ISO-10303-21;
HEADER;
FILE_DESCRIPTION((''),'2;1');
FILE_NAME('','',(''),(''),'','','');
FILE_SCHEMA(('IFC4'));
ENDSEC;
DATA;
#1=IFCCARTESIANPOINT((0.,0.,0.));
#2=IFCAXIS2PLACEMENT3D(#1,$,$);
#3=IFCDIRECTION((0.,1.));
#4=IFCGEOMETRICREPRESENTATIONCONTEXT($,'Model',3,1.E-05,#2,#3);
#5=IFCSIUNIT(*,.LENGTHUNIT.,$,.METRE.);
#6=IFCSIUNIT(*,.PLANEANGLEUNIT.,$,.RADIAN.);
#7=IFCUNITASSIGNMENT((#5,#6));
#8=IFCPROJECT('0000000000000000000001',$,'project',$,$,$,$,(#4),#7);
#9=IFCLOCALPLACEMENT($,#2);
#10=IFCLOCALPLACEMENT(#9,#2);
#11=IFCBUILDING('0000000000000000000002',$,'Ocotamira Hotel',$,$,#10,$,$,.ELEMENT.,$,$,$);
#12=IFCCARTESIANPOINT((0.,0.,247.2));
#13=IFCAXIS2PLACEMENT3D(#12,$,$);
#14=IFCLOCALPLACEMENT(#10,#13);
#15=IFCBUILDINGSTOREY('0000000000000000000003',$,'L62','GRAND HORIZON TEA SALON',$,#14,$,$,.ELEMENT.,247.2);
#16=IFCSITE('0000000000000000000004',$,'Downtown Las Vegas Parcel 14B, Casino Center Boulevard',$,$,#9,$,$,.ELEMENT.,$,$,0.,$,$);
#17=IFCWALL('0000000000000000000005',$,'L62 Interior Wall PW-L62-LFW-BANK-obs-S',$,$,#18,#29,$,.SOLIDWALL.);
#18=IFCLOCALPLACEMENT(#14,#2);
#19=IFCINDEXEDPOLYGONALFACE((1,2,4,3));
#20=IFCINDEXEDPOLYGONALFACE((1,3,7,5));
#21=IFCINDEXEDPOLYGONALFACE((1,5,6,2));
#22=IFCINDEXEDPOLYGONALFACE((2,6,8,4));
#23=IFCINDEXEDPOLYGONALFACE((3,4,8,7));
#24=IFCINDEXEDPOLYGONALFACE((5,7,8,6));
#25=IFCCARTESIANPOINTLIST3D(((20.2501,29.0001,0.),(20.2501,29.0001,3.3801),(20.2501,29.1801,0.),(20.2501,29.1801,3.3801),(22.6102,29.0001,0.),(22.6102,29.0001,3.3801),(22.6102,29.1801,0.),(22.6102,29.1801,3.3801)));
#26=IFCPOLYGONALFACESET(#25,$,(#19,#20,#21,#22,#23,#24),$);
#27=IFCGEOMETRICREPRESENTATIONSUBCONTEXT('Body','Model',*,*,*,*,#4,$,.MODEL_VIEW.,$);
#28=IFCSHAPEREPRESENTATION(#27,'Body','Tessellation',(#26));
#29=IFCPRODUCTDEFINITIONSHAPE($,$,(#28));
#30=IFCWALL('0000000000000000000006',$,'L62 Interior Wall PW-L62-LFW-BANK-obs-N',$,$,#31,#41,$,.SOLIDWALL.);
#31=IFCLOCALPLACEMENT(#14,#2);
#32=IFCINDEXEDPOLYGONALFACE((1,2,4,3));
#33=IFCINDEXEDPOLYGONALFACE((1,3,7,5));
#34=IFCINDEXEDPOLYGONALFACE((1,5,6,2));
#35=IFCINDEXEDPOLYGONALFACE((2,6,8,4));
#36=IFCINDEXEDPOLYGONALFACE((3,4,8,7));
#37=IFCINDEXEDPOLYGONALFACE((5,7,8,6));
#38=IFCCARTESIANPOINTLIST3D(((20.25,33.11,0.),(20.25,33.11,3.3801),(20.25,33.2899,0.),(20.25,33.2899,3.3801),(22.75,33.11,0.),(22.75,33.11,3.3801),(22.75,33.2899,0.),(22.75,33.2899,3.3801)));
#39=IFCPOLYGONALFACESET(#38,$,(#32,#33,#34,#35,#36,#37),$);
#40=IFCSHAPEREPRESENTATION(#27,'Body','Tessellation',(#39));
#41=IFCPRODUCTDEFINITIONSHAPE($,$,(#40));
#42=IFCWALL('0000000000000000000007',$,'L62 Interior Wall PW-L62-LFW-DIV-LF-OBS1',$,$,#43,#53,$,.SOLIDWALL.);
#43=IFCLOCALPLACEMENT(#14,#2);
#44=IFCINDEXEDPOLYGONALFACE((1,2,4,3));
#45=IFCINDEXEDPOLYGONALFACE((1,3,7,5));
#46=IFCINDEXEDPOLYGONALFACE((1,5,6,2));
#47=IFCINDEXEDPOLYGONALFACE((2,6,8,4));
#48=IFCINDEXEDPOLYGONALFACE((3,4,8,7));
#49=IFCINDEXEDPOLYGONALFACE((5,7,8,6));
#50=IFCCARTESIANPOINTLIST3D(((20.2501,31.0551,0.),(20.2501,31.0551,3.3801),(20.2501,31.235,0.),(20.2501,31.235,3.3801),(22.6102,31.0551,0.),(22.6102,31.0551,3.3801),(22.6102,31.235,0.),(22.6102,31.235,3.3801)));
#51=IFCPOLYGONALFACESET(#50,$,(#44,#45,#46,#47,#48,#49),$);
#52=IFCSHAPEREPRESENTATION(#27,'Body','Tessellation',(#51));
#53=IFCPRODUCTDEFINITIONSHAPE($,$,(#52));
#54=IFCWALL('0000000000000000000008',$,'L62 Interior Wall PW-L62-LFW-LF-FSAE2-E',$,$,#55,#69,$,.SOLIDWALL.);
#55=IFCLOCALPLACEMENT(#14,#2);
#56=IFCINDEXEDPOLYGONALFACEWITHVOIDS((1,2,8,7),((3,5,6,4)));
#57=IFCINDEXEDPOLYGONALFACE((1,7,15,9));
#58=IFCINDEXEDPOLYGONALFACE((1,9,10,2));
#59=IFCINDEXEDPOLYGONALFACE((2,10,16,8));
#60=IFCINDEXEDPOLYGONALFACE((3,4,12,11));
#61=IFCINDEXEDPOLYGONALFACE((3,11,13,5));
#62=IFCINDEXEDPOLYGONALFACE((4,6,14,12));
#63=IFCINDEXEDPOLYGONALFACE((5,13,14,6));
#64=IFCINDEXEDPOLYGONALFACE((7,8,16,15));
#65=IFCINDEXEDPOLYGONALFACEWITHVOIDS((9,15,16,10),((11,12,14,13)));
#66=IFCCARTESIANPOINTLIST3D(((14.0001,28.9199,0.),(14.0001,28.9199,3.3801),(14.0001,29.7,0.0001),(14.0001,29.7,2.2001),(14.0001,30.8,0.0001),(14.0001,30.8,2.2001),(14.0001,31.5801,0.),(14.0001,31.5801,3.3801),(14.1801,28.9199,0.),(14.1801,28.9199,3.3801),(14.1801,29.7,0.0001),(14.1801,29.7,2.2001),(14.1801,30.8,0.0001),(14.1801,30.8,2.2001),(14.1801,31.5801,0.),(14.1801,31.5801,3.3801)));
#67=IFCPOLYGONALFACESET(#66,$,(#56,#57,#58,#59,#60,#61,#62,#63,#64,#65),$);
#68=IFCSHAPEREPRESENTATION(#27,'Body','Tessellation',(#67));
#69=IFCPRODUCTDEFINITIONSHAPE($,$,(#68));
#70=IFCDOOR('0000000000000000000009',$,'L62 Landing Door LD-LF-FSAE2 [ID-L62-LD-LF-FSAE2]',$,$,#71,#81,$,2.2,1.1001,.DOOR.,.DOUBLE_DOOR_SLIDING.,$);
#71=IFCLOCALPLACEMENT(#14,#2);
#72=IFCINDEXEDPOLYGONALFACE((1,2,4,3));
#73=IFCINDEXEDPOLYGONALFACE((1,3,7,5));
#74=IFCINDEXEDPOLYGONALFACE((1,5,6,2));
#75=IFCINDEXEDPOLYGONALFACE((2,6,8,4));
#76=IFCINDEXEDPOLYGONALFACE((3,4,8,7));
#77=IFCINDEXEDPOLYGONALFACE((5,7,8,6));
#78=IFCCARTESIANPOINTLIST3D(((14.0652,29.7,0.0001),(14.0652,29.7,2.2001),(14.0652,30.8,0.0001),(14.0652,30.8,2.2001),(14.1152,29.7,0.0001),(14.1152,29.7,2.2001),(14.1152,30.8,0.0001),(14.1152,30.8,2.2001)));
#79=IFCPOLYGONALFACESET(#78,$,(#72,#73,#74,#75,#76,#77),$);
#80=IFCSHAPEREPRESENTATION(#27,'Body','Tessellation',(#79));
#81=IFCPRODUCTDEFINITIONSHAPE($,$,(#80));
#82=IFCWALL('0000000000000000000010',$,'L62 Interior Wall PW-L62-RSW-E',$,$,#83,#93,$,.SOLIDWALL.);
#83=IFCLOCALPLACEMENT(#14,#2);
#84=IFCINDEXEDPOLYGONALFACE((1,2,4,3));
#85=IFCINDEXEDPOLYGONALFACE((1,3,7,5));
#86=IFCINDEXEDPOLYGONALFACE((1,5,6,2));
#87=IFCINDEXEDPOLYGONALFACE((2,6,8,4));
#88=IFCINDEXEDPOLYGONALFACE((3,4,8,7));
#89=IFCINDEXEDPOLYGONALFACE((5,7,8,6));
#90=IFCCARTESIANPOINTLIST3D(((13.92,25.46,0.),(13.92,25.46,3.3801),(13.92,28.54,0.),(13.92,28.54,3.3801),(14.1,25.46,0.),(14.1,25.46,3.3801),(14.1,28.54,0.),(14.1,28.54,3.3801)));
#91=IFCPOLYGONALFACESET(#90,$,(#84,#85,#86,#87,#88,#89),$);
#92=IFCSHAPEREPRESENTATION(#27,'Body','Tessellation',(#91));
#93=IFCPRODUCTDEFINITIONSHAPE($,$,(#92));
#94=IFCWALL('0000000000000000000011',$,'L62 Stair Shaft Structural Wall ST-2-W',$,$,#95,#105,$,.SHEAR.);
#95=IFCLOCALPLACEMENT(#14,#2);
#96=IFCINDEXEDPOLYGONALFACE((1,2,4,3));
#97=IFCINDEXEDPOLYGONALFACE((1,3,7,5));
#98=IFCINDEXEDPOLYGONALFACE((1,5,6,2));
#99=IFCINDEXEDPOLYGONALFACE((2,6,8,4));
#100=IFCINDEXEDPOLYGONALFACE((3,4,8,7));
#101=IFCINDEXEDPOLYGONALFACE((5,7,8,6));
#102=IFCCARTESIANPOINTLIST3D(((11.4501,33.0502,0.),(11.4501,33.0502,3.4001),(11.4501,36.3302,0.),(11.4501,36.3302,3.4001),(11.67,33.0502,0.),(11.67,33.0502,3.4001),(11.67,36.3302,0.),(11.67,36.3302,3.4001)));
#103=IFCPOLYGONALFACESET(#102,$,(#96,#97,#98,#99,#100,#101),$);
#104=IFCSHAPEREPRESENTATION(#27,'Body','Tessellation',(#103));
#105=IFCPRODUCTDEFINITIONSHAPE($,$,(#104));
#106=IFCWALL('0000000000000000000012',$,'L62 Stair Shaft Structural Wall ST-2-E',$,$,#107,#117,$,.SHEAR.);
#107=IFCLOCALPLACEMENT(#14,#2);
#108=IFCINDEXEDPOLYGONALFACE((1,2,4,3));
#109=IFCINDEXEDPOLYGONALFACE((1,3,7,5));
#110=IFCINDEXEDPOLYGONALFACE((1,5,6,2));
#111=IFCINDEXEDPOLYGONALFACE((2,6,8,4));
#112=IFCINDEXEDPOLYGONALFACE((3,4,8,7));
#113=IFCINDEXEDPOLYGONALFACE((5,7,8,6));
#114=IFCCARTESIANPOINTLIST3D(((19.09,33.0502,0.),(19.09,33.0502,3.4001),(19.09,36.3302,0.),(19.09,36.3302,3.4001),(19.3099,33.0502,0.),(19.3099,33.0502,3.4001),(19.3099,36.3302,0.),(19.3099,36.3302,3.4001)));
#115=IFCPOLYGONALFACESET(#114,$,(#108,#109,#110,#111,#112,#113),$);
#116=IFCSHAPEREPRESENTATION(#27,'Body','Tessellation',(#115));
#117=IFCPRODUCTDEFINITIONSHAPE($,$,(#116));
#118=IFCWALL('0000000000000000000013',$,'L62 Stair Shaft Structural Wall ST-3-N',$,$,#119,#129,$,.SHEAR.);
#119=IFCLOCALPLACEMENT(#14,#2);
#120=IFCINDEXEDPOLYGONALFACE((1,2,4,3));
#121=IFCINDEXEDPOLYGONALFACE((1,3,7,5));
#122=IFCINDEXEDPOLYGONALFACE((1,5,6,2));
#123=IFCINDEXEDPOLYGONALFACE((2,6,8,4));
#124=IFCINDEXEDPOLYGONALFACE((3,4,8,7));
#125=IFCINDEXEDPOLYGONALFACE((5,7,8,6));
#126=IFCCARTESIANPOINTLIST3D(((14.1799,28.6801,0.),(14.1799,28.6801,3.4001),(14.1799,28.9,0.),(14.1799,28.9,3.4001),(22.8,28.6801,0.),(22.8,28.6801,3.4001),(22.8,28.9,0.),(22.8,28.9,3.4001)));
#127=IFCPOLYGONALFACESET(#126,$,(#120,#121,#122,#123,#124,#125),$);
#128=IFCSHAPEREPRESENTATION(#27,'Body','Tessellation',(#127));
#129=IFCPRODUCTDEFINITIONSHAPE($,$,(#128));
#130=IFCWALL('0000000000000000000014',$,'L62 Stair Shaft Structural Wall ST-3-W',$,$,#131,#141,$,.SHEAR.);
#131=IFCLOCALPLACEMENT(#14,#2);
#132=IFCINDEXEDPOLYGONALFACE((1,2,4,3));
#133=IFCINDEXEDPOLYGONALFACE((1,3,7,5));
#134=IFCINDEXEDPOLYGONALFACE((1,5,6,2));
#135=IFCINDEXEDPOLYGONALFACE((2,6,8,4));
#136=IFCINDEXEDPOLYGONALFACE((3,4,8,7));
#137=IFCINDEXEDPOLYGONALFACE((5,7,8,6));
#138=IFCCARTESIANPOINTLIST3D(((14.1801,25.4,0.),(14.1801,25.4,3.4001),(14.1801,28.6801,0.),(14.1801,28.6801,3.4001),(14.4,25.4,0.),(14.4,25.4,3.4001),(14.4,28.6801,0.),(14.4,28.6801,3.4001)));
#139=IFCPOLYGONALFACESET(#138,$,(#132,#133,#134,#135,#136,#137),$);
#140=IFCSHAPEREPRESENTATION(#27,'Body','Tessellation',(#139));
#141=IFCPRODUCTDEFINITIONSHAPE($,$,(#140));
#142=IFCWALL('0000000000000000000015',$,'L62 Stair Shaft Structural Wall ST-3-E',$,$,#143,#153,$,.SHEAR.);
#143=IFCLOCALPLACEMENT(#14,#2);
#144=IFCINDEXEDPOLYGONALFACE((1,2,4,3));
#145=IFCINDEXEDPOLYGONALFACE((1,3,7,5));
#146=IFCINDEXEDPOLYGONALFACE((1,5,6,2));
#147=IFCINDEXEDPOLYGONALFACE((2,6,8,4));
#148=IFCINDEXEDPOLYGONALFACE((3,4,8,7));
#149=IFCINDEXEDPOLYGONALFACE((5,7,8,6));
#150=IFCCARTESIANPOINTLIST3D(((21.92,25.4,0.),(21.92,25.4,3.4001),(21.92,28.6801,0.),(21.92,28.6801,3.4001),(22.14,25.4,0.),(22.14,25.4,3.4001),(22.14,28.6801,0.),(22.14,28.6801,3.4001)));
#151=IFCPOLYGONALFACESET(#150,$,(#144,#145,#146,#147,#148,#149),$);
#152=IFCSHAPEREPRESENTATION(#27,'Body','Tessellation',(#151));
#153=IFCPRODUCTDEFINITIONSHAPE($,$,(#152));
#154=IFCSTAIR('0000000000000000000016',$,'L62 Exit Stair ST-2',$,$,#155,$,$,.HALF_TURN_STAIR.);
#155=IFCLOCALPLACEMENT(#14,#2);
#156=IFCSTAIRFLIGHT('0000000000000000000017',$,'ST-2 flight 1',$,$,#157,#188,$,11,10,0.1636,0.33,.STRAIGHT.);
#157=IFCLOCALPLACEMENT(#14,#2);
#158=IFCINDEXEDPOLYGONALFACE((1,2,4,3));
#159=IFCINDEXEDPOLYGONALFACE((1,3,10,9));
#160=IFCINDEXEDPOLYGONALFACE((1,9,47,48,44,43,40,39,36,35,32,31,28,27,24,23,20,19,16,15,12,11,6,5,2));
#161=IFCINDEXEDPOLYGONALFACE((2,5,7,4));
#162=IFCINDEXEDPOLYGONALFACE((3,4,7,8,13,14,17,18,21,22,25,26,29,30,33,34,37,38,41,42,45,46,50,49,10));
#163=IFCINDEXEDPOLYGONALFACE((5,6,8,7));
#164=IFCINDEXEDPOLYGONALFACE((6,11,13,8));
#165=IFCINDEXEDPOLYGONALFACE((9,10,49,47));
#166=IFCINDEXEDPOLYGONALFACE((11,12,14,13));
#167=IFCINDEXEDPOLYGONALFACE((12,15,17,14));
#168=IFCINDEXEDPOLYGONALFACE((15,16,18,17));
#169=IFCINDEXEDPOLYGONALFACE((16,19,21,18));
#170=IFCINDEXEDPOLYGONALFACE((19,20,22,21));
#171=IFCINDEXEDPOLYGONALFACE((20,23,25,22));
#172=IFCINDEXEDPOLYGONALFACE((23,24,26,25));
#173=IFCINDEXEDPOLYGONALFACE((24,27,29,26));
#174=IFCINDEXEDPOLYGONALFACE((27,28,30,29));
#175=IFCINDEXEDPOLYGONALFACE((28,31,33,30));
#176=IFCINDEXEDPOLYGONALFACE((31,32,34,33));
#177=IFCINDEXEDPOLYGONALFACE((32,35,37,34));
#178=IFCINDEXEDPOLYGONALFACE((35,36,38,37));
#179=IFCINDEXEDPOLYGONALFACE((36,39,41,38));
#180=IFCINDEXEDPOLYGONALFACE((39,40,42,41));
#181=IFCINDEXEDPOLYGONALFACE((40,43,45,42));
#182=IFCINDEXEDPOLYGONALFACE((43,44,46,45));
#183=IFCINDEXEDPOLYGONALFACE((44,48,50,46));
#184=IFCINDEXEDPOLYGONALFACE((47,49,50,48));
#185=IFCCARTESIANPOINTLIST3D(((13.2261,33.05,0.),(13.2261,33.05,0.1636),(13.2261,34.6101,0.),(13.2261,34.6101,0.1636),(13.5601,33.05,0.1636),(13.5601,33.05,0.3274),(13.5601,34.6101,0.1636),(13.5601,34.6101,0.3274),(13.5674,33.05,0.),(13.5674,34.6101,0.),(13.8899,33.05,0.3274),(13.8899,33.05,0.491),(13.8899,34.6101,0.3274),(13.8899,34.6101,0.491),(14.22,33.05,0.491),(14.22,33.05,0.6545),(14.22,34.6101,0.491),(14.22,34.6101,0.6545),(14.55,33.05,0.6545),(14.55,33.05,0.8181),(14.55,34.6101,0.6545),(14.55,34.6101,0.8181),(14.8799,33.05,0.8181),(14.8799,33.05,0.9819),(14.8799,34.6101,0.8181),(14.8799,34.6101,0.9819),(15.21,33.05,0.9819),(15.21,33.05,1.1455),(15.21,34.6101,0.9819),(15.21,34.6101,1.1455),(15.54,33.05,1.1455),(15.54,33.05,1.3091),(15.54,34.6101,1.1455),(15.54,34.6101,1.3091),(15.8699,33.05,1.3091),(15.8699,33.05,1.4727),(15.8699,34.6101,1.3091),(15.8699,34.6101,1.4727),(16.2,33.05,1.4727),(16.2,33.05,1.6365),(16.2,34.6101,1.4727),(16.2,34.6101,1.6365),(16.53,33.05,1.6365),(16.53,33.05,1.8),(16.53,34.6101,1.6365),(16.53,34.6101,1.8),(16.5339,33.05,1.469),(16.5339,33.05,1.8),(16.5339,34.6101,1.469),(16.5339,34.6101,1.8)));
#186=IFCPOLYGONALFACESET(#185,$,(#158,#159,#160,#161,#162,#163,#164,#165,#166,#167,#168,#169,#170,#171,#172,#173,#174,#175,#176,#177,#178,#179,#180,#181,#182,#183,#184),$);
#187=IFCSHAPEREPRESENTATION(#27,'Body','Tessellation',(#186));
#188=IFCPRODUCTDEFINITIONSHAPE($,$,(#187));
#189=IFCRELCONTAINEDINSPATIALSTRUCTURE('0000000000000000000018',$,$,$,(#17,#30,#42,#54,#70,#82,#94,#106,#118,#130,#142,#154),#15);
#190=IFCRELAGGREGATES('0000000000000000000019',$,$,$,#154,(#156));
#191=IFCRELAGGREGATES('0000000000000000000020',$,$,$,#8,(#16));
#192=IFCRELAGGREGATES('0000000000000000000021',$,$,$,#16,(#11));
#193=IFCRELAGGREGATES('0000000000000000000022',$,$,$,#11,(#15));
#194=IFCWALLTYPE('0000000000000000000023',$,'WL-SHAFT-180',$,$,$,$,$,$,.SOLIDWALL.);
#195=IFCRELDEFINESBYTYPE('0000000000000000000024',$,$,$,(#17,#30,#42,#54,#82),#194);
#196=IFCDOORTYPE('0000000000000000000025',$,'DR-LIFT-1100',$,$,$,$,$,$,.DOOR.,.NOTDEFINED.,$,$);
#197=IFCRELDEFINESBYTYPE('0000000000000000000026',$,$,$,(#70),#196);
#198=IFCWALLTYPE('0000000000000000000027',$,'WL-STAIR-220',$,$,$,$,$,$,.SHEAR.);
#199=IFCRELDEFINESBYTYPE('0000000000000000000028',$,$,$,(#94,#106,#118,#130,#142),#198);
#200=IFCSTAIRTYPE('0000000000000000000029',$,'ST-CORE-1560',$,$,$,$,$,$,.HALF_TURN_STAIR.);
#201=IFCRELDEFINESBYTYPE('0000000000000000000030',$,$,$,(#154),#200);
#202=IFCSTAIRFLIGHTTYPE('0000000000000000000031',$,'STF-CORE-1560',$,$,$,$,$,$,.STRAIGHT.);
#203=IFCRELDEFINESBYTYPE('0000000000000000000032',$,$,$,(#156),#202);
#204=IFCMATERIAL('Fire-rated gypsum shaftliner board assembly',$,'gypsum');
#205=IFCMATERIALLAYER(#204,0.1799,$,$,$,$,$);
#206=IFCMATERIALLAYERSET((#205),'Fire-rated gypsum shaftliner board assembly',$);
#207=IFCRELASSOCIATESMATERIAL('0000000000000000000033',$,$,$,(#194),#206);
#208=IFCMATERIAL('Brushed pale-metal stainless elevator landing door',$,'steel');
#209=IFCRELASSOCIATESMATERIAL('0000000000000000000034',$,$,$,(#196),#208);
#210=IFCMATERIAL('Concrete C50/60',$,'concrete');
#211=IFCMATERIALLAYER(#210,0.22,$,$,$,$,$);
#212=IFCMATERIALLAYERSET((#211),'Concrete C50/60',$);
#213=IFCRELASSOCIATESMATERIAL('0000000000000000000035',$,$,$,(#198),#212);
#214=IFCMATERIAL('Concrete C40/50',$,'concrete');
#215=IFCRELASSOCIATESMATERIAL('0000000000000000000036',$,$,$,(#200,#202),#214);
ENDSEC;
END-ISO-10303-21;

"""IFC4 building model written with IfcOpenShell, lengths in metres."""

from ifc_helpers import new_model, si_unit, direction, frame, frame_2d, origin, place, context, subcontext, project, spatial, polyline, rectangle, outline, extrude, source, transform, mapped, material, layer, layer_set, type_object, element, fill, aggregate, save


model = new_model("IFC4")

# Units and contexts
model_context = context("Model", 3, precision=1e-05, world=origin(), true_north=direction((0.0, 1.0)))
body_context = subcontext(model_context, "Body", "Model", "MODEL_VIEW")
ifc_project = project(units=[si_unit("LENGTHUNIT", "METRE"), si_unit("PLANEANGLEUNIT", "RADIAN")], contexts=[model_context])

# Site, building, storey
site_placement = place(None, origin())
site = spatial("IfcSite", under=ifc_project, at=site_placement, Name="Downtown Las Vegas Parcel 14B, Casino Center Boulevard", CompositionType="ELEMENT", RefElevation=0.0)
building_placement = place(site_placement, origin())
building = spatial("IfcBuilding", under=site, at=building_placement, Name="Ocotamira Hotel", CompositionType="ELEMENT")
storey_placement = place(building_placement, frame((0.0, 0.0, 247.2)))
storey = spatial("IfcBuildingStorey", under=building, at=storey_placement, Name="L62", Description="GRAND HORIZON TEA SALON", CompositionType="ELEMENT", Elevation=247.2)

# Walls
ifc_material_1 = material(Name="Fire-rated gypsum shaftliner board assembly", Category="gypsum")
ifc_layer_1 = layer(ifc_material_1, 0.1799)
ifc_layer_set_1 = layer_set([ifc_layer_1], Name="Fire-rated gypsum shaftliner board assembly")
wall_type_1 = type_object("IfcWallType", Name="WL-SHAFT-180", PredefinedType="SOLIDWALL", material=ifc_layer_set_1)
wall_1_placement = place(storey_placement, frame((20.25, 29.0901, 0.0), z_axis=(0.0, 0.0, 1.0), x_axis=(1.0, 0.0, 0.0)))
element("IfcWall", 1, at=wall_1_placement, inside=storey, type_object=wall_type_1, Name="L62 Interior Wall PW-L62-LFW-BANK-obs-S", PredefinedType="SOLIDWALL", context=body_context, shape_type="SweptSolid", body=[
    extrude(rectangle(XDim=2.3601, YDim=0.1799, at=frame_2d((1.1802, 0.0))), origin(), (0.0, 0.0, 1.0), 3.3801),
])
wall_2_placement = place(storey_placement, frame((20.25, 33.2, 0.0), z_axis=(0.0, 0.0, 1.0), x_axis=(1.0, 0.0, 0.0)))
element("IfcWall", 2, at=wall_2_placement, inside=storey, type_object=wall_type_1, Name="L62 Interior Wall PW-L62-LFW-BANK-obs-N", PredefinedType="SOLIDWALL", context=body_context, shape_type="SweptSolid", body=[
    extrude(rectangle(XDim=2.5, YDim=0.1799, at=frame_2d((1.25, 0.0))), origin(), (0.0, 0.0, 1.0), 3.3801),
])
wall_3_placement = place(storey_placement, frame((20.25, 31.145, 0.0), z_axis=(0.0, 0.0, 1.0), x_axis=(1.0, 0.0, 0.0)))
element("IfcWall", 3, at=wall_3_placement, inside=storey, type_object=wall_type_1, Name="L62 Interior Wall PW-L62-LFW-DIV-LF-OBS1", PredefinedType="SOLIDWALL", context=body_context, shape_type="SweptSolid", body=[
    extrude(rectangle(XDim=2.3601, YDim=0.1799, at=frame_2d((1.1802, 0.0))), origin(), (0.0, 0.0, 1.0), 3.3801),
])

# Wall, opening, door
wall_4_placement = place(storey_placement, frame((14.0901, 28.9199, 0.0), z_axis=(0.0, 0.0, 1.0), x_axis=(0.0, 1.0, 0.0)))
wall_4 = element("IfcWall", 4, at=wall_4_placement, inside=storey, type_object=wall_type_1, Name="L62 Interior Wall PW-L62-LFW-LF-FSAE2-E", PredefinedType="SOLIDWALL", context=body_context, shape_type="SweptSolid", body=[
    extrude(rectangle(XDim=2.6602, YDim=0.1799, at=frame_2d((1.3301, 0.0))), origin(), (0.0, 0.0, 1.0), 3.3801),
])
opening_1_placement = place(wall_4_placement, frame((0.78, 0.0, 0.0)))
opening_1 = element("IfcOpeningElement", 5, at=opening_1_placement, cuts=wall_4, PredefinedType="OPENING", context=body_context, shape_type="SweptSolid", body=[
    extrude(rectangle(XDim=1.1001, YDim=2.2, at=frame_2d((0.55, 1.1001))), frame((0.0, 0.1001, 0.0), z_axis=(0.0, -1.0, 0.0), x_axis=(1.0, 0.0, 0.0)), (0.0, 0.0, 1.0), 0.2),
])
ifc_material_2 = material(Name="Brushed pale-metal stainless elevator landing door", Category="steel")
door_type_1 = type_object("IfcDoorType", Name="DR-LIFT-1100", OperationType="NOTDEFINED", PredefinedType="DOOR", material=ifc_material_2)
shared_shape_1 = source(origin(), body_context, "Body", "SweptSolid", [
    extrude(rectangle(XDim=1.1001, YDim=2.2, at=frame_2d((0.55, 1.1001))), frame((0.0, 0.0249, 0.0), z_axis=(0.0, -1.0, 0.0), x_axis=(1.0, 0.0, 0.0)), (0.0, 0.0, 1.0), 0.05),
])
door_1_placement = place(opening_1_placement, origin())
door_1 = element("IfcDoor", 6, at=door_1_placement, inside=storey, type_object=door_type_1, Name="L62 Landing Door LD-LF-FSAE2 [ID-L62-LD-LF-FSAE2]", OperationType="DOUBLE_DOOR_SLIDING", OverallHeight=2.2, OverallWidth=1.1001, PredefinedType="DOOR", context=body_context, shape_type="MappedRepresentation", body=[
    mapped(shared_shape_1, transform((0.0, 0.0, 0.0), scale=1.0)),
])
fill(opening_1, door_1)

# Walls
wall_5_placement = place(storey_placement, frame((14.01, 25.46, 0.0), z_axis=(0.0, 0.0, 1.0), x_axis=(0.0, 1.0, 0.0)))
element("IfcWall", 7, at=wall_5_placement, inside=storey, type_object=wall_type_1, Name="L62 Interior Wall PW-L62-RSW-E", PredefinedType="SOLIDWALL", context=body_context, shape_type="SweptSolid", body=[
    extrude(rectangle(XDim=3.0801, YDim=0.1799, at=frame_2d((1.54, 0.0))), origin(), (0.0, 0.0, 1.0), 3.3801),
])
ifc_material_3 = material(Name="Concrete C50/60", Category="concrete")
ifc_layer_2 = layer(ifc_material_3, 0.22)
ifc_layer_set_2 = layer_set([ifc_layer_2], Name="Concrete C50/60")
wall_type_2 = type_object("IfcWallType", Name="WL-STAIR-220", PredefinedType="SHEAR", material=ifc_layer_set_2)
for number, where, z_axis, x_axis, name in (
    (8, (11.5601, 33.05, 0.0), (0.0, 0.0, 1.0), (0.0, 1.0, 0.0), "L62 Stair Shaft Structural Wall ST-2-W"),
    (9, (19.2, 33.05, 0.0), (0.0, 0.0, 1.0), (0.0, 1.0, 0.0), "L62 Stair Shaft Structural Wall ST-2-E"),
):
    element("IfcWall", number, at=place(storey_placement, frame(where, z_axis=z_axis, x_axis=x_axis)), inside=storey, type_object=wall_type_2, Name=name, PredefinedType="SHEAR", context=body_context, shape_type="SweptSolid", body=[
        extrude(rectangle(XDim=3.28, YDim=0.22, at=frame_2d((1.6401, 0.0))), origin(), (0.0, 0.0, 1.0), 3.4001),
    ])
wall_6_placement = place(storey_placement, frame((14.1799, 28.79, 0.0), z_axis=(0.0, 0.0, 1.0), x_axis=(1.0, 0.0, 0.0)))
element("IfcWall", 10, at=wall_6_placement, inside=storey, type_object=wall_type_2, Name="L62 Stair Shaft Structural Wall ST-3-N", PredefinedType="SHEAR", context=body_context, shape_type="SweptSolid", body=[
    extrude(rectangle(XDim=8.6201, YDim=0.22, at=frame_2d((4.3101, 0.0))), origin(), (0.0, 0.0, 1.0), 3.4001),
])
for number, where, z_axis, x_axis, name in (
    (11, (14.29, 25.3999, 0.0), (0.0, 0.0, 1.0), (0.0, 1.0, 0.0), "L62 Stair Shaft Structural Wall ST-3-W"),
    (12, (22.03, 25.3999, 0.0), (0.0, 0.0, 1.0), (0.0, 1.0, 0.0), "L62 Stair Shaft Structural Wall ST-3-E"),
):
    element("IfcWall", number, at=place(storey_placement, frame(where, z_axis=z_axis, x_axis=x_axis)), inside=storey, type_object=wall_type_2, Name=name, PredefinedType="SHEAR", context=body_context, shape_type="SweptSolid", body=[
        extrude(rectangle(XDim=3.28, YDim=0.22, at=frame_2d((1.6401, 0.0))), origin(), (0.0, 0.0, 1.0), 3.4001),
    ])

# Stair, stair flight
ifc_material_4 = material(Name="Concrete C40/50", Category="concrete")
stair_type = type_object("IfcStairType", Name="ST-CORE-1560", PredefinedType="HALF_TURN_STAIR", material=ifc_material_4)
stair_1_placement = place(storey_placement, origin())
stair_1 = element("IfcStair", 13, at=stair_1_placement, inside=storey, type_object=stair_type, Name="L62 Exit Stair ST-2", PredefinedType="HALF_TURN_STAIR")
stair_flight_type = type_object("IfcStairFlightType", Name="STF-CORE-1560", PredefinedType="STRAIGHT", material=ifc_material_4)
shared_shape_2 = source(origin(), body_context, "Body", "SweptSolid", [
    extrude(outline(polyline([(-0.0039, 0.0), (-0.0039, 0.1636), (0.3301, 0.1636), (0.3301, 0.3274), (0.6599, 0.3274), (0.6599, 0.491), (0.99, 0.491), (0.99, 0.6545), (1.3201, 0.6545), (1.3201, 0.8181), (1.6499, 0.8181), (1.6499, 0.9819), (1.98, 0.9819), (1.98, 1.1455), (2.3101, 1.1455), (2.3101, 1.3091), (2.6399, 1.3091), (2.6399, 1.4727), (2.97, 1.4727), (2.97, 1.6365), (3.3, 1.6365), (3.3, 1.8), (3.304, 1.8), (3.304, 1.469), (0.3374, 0.0), (-0.0039, 0.0)])), frame((0.0, 0.78, 0.0), z_axis=(0.0, -1.0, 0.0), x_axis=(1.0, 0.0, 0.0)), (0.0, 0.0, 1.0), 1.5601),
])
stair_flight_1_placement = place(storey_placement, frame((13.23, 33.8301, 0.0), z_axis=(0.0, 0.0, 1.0), x_axis=(1.0, 0.0, 0.0)))
stair_flight_1 = element("IfcStairFlight", 14, at=stair_flight_1_placement, type_object=stair_flight_type, Name="ST-2 flight 1", NumberOfRisers=11, NumberOfTreads=10, PredefinedType="STRAIGHT", RiserHeight=0.1636, TreadLength=0.33, context=body_context, shape_type="MappedRepresentation", body=[
    mapped(shared_shape_2, transform((0.0, 0.0, 0.0), scale=1.0)),
])
aggregate(stair_1, [stair_flight_1])

save(model, "model.ifc")
